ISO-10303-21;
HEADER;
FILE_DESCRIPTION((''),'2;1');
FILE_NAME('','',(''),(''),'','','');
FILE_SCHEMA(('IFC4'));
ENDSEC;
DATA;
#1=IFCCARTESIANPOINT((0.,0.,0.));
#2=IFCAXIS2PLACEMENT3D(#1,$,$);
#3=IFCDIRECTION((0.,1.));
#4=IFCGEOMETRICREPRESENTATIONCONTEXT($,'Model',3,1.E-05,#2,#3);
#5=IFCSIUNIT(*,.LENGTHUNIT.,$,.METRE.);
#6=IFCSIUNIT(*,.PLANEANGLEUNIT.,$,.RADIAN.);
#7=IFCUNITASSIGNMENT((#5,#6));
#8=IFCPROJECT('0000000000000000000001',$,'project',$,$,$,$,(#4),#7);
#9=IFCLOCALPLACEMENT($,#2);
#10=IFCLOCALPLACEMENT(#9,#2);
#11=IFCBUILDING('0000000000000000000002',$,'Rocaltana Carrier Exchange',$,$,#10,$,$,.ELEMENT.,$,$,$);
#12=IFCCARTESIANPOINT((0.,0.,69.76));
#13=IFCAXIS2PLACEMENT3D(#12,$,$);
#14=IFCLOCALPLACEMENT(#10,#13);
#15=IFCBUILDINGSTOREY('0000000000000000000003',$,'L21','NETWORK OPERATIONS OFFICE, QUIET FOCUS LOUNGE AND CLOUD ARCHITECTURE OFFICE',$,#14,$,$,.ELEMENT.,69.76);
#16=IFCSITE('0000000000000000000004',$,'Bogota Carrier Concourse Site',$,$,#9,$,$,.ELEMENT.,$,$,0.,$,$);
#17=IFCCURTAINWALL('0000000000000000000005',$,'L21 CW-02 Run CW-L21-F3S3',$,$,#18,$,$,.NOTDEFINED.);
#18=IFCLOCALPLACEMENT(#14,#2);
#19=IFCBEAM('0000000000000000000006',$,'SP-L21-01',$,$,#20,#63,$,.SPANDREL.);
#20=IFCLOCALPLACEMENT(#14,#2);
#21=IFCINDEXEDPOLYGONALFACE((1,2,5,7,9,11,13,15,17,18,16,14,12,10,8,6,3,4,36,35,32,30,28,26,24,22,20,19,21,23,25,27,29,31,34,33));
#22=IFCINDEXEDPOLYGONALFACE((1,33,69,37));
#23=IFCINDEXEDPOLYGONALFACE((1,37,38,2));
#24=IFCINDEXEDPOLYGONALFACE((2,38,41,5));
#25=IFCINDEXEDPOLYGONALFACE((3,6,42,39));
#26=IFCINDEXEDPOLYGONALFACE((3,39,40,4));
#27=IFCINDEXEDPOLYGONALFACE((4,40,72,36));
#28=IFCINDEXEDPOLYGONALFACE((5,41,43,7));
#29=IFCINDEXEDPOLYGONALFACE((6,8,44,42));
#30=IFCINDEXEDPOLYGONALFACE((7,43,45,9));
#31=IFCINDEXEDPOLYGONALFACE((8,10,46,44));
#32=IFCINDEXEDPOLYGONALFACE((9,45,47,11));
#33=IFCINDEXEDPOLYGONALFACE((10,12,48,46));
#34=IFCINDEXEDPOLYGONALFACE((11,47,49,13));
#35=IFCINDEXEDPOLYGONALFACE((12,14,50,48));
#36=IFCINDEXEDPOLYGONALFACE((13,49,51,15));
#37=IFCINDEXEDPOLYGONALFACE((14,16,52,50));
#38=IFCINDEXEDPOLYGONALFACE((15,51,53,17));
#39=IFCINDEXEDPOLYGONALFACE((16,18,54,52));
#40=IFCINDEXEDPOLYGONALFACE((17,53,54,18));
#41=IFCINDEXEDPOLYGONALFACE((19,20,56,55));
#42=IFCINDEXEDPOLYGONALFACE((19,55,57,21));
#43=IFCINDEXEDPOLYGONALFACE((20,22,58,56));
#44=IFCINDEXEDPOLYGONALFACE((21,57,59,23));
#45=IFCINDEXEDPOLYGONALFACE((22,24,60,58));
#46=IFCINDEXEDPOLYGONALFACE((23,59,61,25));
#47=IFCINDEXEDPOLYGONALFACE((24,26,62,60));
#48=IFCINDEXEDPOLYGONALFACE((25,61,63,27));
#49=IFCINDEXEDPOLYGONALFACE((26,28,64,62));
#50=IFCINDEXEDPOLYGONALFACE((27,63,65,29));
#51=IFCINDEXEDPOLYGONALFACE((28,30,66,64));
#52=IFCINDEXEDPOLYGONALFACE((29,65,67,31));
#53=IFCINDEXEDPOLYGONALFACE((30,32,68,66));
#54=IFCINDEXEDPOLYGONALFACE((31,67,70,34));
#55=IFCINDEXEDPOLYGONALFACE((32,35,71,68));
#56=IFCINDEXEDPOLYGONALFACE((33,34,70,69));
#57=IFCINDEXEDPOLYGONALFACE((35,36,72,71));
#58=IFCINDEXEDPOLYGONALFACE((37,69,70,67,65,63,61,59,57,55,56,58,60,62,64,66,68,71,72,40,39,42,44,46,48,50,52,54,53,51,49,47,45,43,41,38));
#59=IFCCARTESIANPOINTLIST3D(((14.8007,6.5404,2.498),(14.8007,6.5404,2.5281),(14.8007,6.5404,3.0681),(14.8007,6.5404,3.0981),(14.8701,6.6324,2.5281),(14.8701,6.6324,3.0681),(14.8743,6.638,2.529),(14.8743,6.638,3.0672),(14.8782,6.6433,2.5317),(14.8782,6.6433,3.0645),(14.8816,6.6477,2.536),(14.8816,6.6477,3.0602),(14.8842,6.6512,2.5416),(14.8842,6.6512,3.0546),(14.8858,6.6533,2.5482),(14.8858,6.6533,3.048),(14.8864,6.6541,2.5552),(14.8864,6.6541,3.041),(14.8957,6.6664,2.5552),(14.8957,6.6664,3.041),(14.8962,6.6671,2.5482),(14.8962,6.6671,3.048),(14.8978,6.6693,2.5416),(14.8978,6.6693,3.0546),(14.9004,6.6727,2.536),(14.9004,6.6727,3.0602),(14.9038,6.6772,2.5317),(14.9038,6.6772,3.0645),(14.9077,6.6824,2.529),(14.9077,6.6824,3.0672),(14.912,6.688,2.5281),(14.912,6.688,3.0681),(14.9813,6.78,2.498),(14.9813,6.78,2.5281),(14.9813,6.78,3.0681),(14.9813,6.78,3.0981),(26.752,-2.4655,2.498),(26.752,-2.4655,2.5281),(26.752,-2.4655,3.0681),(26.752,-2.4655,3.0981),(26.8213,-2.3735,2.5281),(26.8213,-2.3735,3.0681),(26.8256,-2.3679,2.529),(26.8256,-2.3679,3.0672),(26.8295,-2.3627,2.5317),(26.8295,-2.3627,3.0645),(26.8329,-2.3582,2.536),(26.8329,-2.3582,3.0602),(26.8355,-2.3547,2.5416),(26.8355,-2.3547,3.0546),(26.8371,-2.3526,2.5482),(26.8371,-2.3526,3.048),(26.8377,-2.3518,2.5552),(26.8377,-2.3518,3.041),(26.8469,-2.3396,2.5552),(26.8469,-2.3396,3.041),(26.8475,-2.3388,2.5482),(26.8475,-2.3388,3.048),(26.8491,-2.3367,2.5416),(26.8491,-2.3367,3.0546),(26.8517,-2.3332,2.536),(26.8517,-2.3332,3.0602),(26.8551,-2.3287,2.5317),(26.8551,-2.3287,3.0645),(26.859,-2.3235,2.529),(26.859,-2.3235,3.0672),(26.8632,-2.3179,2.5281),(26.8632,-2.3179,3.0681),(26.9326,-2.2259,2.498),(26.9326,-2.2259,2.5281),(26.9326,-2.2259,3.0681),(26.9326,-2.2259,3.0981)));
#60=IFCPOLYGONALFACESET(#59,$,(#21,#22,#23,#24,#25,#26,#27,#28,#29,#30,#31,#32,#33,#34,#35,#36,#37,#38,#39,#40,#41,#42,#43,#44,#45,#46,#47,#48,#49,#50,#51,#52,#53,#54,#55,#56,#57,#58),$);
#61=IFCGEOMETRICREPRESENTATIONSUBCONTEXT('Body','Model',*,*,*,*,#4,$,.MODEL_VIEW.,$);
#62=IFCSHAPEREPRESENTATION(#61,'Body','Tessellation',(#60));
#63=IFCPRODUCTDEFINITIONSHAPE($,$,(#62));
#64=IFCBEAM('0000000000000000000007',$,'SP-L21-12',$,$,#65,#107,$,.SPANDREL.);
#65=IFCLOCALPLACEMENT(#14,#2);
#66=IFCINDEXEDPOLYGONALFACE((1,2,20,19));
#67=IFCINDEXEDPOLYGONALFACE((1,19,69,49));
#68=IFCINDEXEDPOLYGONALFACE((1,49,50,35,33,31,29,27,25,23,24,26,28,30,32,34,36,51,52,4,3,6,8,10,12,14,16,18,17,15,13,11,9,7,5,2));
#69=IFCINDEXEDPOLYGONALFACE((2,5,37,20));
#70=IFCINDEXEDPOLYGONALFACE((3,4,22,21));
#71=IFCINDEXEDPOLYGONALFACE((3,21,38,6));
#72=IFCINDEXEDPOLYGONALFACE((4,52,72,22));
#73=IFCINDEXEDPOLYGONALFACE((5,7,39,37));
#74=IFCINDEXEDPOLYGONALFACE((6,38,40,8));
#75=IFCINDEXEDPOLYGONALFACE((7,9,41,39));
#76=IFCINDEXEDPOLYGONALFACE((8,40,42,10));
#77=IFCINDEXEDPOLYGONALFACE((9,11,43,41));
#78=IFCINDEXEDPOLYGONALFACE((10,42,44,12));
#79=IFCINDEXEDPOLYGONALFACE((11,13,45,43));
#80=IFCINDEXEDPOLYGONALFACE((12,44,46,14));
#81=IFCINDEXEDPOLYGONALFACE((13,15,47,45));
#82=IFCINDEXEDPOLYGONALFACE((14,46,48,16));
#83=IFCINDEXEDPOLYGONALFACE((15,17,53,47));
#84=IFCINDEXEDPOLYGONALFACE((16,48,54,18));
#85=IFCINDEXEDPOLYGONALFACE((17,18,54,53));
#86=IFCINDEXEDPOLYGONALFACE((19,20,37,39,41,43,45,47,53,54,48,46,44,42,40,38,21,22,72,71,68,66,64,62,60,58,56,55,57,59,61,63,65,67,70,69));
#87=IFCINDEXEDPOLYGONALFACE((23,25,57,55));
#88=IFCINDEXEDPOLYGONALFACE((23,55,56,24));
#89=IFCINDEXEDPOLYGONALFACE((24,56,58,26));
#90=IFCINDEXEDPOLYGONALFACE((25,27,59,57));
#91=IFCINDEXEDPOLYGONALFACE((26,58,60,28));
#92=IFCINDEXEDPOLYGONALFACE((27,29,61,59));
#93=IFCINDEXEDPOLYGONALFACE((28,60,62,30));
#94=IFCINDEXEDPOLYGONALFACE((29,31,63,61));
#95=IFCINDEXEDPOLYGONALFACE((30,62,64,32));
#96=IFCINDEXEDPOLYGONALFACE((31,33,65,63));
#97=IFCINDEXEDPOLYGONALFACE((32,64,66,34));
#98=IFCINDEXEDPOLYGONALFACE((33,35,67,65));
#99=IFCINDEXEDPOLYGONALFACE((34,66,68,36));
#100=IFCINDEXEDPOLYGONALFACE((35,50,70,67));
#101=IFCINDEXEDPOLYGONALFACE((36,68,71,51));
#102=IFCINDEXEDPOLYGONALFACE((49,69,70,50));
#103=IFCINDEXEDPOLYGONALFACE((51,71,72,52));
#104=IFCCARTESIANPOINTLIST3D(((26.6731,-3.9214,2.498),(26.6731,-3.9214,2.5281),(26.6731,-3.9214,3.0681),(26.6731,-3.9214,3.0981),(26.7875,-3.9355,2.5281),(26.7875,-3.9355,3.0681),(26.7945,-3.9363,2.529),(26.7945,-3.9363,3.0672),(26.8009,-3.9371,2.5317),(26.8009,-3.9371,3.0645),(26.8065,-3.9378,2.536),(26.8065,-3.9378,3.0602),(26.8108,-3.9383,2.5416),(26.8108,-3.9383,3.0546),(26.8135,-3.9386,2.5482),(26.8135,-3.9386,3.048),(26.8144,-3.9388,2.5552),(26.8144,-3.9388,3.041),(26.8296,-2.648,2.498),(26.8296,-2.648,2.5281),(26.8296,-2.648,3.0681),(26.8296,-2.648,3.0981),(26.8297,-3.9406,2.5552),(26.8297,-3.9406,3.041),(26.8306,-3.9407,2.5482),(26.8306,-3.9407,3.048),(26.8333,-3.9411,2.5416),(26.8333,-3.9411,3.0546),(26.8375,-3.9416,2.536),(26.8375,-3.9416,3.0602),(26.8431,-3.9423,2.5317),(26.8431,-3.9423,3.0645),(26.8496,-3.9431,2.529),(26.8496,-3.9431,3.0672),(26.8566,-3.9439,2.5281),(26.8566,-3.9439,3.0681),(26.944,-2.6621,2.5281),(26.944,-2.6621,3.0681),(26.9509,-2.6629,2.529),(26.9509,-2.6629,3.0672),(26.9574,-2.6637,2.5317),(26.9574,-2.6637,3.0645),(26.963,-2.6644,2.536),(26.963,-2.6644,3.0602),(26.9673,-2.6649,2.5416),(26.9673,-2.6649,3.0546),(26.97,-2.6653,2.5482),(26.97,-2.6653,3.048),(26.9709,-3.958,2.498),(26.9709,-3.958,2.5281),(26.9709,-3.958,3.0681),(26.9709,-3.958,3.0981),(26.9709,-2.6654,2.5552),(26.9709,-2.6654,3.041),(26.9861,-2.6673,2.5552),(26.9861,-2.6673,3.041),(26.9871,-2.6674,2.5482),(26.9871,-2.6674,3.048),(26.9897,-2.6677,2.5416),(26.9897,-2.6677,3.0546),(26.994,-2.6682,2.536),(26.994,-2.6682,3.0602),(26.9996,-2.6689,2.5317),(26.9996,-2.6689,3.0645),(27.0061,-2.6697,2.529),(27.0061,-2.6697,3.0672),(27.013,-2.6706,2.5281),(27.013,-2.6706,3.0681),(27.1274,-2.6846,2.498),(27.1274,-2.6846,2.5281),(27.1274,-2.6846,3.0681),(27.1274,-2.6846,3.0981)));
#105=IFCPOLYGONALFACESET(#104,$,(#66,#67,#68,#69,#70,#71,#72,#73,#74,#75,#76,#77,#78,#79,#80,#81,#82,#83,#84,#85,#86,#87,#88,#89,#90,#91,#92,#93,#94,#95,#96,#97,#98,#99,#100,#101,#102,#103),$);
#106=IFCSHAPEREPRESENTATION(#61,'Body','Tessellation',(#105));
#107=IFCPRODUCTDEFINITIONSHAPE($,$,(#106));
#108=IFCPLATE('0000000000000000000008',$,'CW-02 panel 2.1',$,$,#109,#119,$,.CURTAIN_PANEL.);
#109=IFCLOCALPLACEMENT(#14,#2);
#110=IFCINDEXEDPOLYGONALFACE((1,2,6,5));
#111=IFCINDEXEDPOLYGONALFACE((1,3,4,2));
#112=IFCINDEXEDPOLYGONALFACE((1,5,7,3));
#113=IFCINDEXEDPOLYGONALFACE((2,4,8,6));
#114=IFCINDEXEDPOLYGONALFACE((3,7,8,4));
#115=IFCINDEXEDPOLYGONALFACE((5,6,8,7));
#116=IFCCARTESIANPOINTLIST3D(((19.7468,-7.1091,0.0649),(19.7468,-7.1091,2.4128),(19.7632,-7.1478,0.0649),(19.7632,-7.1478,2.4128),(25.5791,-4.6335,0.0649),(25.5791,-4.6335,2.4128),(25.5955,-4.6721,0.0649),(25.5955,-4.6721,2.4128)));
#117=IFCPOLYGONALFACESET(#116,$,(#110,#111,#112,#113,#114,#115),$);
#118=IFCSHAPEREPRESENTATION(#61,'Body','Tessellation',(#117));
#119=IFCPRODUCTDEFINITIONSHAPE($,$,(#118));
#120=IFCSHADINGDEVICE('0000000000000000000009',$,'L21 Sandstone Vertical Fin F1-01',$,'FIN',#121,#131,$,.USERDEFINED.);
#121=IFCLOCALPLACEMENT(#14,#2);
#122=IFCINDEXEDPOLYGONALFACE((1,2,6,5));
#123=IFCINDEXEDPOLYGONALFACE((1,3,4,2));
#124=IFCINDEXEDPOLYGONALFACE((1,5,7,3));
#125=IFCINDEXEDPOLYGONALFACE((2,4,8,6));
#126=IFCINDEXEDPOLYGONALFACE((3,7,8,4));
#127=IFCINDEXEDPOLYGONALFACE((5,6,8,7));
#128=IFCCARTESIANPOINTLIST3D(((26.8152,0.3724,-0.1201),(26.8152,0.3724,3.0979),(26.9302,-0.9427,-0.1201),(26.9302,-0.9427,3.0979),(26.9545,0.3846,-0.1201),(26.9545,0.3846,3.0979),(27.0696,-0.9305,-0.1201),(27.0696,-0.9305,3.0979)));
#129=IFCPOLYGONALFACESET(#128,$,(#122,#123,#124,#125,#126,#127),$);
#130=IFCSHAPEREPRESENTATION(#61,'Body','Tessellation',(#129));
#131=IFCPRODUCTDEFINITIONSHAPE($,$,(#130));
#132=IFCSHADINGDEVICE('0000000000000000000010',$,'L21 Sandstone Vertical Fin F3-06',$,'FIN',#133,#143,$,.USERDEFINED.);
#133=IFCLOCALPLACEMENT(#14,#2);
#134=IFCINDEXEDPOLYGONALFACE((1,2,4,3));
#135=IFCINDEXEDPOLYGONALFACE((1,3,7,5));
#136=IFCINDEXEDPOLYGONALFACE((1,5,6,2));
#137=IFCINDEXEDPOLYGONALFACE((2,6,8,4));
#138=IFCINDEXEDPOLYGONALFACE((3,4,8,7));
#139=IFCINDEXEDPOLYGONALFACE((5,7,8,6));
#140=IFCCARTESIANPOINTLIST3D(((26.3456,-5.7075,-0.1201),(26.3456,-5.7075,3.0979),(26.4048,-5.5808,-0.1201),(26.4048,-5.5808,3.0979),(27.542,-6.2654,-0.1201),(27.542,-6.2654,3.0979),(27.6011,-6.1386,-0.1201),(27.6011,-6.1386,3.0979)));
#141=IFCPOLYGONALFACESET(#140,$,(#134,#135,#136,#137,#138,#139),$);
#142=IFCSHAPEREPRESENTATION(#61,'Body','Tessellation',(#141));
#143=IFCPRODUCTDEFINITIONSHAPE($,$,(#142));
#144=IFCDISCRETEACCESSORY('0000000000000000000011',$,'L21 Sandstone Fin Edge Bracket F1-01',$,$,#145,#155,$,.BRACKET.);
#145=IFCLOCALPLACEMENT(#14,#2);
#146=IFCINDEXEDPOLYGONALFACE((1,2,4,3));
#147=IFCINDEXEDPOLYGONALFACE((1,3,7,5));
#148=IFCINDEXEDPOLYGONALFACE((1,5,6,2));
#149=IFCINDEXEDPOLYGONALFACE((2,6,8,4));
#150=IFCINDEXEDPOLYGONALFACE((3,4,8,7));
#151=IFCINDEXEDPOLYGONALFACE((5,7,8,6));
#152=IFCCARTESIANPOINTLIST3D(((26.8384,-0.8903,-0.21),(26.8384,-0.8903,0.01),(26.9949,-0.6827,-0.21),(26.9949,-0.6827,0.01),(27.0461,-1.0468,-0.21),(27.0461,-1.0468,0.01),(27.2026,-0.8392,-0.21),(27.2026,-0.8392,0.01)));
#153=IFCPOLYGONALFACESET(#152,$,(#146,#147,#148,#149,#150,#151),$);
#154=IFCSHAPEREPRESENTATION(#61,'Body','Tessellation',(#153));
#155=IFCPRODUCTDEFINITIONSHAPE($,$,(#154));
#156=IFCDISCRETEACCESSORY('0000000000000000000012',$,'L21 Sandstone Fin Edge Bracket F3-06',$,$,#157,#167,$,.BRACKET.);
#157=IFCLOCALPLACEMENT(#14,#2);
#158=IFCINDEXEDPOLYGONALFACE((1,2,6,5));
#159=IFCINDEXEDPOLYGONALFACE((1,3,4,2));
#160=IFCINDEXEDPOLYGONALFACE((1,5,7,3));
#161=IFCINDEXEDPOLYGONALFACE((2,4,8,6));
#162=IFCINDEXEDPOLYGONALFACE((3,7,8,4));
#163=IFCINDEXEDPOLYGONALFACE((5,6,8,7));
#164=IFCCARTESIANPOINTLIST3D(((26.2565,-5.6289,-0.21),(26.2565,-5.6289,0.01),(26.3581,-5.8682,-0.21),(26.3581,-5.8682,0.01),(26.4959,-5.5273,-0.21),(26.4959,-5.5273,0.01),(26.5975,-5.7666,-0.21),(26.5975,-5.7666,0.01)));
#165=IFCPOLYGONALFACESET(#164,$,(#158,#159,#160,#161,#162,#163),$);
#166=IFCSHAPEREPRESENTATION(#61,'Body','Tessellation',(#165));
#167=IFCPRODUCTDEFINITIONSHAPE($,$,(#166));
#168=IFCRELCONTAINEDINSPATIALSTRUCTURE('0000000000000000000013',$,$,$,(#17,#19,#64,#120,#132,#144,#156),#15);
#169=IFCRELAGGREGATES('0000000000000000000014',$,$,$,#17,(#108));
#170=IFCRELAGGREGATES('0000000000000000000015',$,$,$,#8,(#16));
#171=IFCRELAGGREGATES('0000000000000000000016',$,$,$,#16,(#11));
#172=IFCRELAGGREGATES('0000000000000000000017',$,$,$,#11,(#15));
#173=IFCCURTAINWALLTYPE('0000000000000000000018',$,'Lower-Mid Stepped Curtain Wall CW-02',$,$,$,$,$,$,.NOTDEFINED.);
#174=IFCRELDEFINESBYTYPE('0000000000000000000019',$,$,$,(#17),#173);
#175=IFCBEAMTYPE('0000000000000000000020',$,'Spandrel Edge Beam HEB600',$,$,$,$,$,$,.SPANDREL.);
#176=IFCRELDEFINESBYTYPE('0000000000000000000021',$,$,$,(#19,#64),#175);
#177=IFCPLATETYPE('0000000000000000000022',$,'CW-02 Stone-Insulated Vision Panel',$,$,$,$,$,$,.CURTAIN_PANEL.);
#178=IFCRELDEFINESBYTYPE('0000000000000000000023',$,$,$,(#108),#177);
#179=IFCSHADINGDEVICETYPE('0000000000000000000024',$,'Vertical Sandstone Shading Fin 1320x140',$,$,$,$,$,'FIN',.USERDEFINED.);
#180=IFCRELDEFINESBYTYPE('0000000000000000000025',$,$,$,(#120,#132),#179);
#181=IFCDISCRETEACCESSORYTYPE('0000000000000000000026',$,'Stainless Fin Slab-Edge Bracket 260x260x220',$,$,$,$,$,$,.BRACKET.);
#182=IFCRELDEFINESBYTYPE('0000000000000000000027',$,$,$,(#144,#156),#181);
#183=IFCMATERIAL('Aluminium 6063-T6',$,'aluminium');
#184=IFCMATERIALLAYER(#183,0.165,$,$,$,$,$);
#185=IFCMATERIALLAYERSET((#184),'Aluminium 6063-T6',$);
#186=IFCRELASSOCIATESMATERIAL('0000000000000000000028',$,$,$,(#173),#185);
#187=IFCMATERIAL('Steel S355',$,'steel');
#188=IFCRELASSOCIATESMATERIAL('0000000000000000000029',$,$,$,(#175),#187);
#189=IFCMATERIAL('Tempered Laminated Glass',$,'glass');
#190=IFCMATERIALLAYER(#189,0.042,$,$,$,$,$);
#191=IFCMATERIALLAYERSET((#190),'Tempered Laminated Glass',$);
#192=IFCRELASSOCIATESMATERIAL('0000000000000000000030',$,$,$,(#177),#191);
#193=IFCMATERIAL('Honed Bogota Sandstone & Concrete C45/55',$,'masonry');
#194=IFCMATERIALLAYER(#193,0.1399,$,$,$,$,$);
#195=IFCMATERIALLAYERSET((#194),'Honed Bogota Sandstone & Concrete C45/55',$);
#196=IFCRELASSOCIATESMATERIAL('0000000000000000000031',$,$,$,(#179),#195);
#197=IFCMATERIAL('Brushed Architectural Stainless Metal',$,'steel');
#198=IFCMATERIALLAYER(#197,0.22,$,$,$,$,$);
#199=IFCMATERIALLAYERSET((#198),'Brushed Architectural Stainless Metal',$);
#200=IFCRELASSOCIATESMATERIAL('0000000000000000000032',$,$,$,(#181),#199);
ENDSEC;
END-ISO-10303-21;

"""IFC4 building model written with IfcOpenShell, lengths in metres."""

from ifc_helpers import new_model, si_unit, direction, frame, origin, origin_2d, place, context, subcontext, project, spatial, rectangle, i_section, extrude, material, layer, layer_set, material_profile, profile_set, type_object, element, aggregate, save


model = new_model("IFC4")

# Units and contexts
model_context = context("Model", 3, precision=1e-05, world=origin(), true_north=direction((0.0, 1.0)))
body_context = subcontext(model_context, "Body", "Model", "MODEL_VIEW")
ifc_project = project(units=[si_unit("LENGTHUNIT", "METRE"), si_unit("PLANEANGLEUNIT", "RADIAN")], contexts=[model_context])

# Site, building, storey
site_placement = place(None, origin())
site = spatial("IfcSite", under=ifc_project, at=site_placement, Name="Bogota Carrier Concourse Site", CompositionType="ELEMENT", RefElevation=0.0)
building_placement = place(site_placement, origin())
building = spatial("IfcBuilding", under=site, at=building_placement, Name="Rocaltana Carrier Exchange", CompositionType="ELEMENT")
storey_placement = place(building_placement, frame((0.0, 0.0, 69.76)))
storey = spatial("IfcBuildingStorey", under=building, at=storey_placement, Name="L21", Description="NETWORK OPERATIONS OFFICE, QUIET FOCUS LOUNGE AND CLOUD ARCHITECTURE OFFICE", CompositionType="ELEMENT", Elevation=69.76)

# Shared definitions
ifc_material_1 = material(Name="Aluminium 6063-T6", Category="aluminium")
ifc_layer_1 = layer(ifc_material_1, 0.165)
ifc_layer_set_1 = layer_set([ifc_layer_1], Name="Aluminium 6063-T6")
curtain_wall_type = type_object("IfcCurtainWallType", Name="Lower-Mid Stepped Curtain Wall CW-02", PredefinedType="NOTDEFINED", material=ifc_layer_set_1)

# Curtain wall
curtain_wall_1_placement = place(storey_placement, origin())
curtain_wall_1 = element("IfcCurtainWall", 1, at=curtain_wall_1_placement, inside=storey, type_object=curtain_wall_type, Name="L21 CW-02 Run CW-L21-F3S3", PredefinedType="NOTDEFINED")

# Beams
ifc_material_2 = material(Name="Steel S355", Category="steel")
ifc_material_profile_1 = material_profile(ifc_material_2, i_section(OverallWidth=0.3, OverallDepth=0.6001, WebThickness=0.0154, FlangeThickness=0.03, FilletRadius=0.0271, at=origin_2d()), Name="HEB600")
ifc_profile_set_1 = profile_set([ifc_material_profile_1], Name="Steel S355")
beam_type_1 = type_object("IfcBeamType", Name="Spandrel Edge Beam HEB600", PredefinedType="SPANDREL", material=ifc_profile_set_1)
beam_1_placement = place(storey_placement, frame((26.8423, -2.3457, 2.7981), z_axis=(-0.798635, 0.601815, 0.0), x_axis=(-0.601815, -0.798635, 0.0)))
element("IfcBeam", 2, at=beam_1_placement, inside=storey, type_object=beam_type_1, Name="SP-L21-01", PredefinedType="SPANDREL", context=body_context, shape_type="SweptSolid", body=[
    extrude(i_section(OverallWidth=0.3, OverallDepth=0.6001, WebThickness=0.0154, FlangeThickness=0.03, FilletRadius=0.0271, at=origin_2d()), origin(), (0.0, 0.0, 1.0), 14.9646),
])
beam_2_placement = place(storey_placement, frame((26.822, -3.9397, 2.7981), z_axis=(0.121974, 0.992533, 0.0), x_axis=(-0.992533, 0.121974, 0.0)))
element("IfcBeam", 3, at=beam_2_placement, inside=storey, type_object=beam_type_1, Name="SP-L21-12", PredefinedType="SPANDREL", context=body_context, shape_type="SweptSolid", body=[
    extrude(i_section(OverallWidth=0.3, OverallDepth=0.6001, WebThickness=0.0154, FlangeThickness=0.03, FilletRadius=0.0271, at=origin_2d()), origin(), (0.0, 0.0, 1.0), 1.283),
])

# Plate
ifc_material_3 = material(Name="Tempered Laminated Glass", Category="glass")
ifc_layer_2 = layer(ifc_material_3, 0.042)
ifc_layer_set_2 = layer_set([ifc_layer_2], Name="Tempered Laminated Glass")
plate_type = type_object("IfcPlateType", Name="CW-02 Stone-Insulated Vision Panel", PredefinedType="CURTAIN_PANEL", material=ifc_layer_set_2)
plate_placement = place(storey_placement, frame((22.6711, -5.8906, 0.0649), z_axis=(0.0, 0.0, 1.0), x_axis=(0.920503, 0.390735, 0.0)))
plate = element("IfcPlate", 4, at=plate_placement, type_object=plate_type, Name="CW-02 panel 2.1", PredefinedType="CURTAIN_PANEL", context=body_context, shape_type="SweptSolid", body=[
    extrude(rectangle(XDim=6.3359, YDim=0.042, at=origin_2d()), origin(), (0.0, 0.0, 1.0), 2.3479),
])
aggregate(curtain_wall_1, [plate])

# Shading devices
ifc_material_4 = material(Name="Honed Bogota Sandstone & Concrete C45/55", Category="masonry")
ifc_layer_3 = layer(ifc_material_4, 0.1399)
ifc_layer_set_3 = layer_set([ifc_layer_3], Name="Honed Bogota Sandstone & Concrete C45/55")
shading_device_type = type_object("IfcShadingDeviceType", Name="Vertical Sandstone Shading Fin 1320x140", ElementType="FIN", PredefinedType="USERDEFINED", material=ifc_layer_set_3)
for number, where, z_axis, x_axis, name in (
    (5, (26.9424, -0.2791, -0.1201), (0.0, 0.0, 1.0), (-0.087156, 0.996195, 0.0), "L21 Sandstone Vertical Fin F1-01"),
    (6, (26.9734, -5.9231, -0.1201), (0.0, 0.0, 1.0), (0.906308, -0.422618, 0.0), "L21 Sandstone Vertical Fin F3-06"),
):
    element("IfcShadingDevice", number, at=place(storey_placement, frame(where, z_axis=z_axis, x_axis=x_axis)), inside=storey, type_object=shading_device_type, Name=name, ObjectType="FIN", PredefinedType="USERDEFINED", context=body_context, shape_type="SweptSolid", body=[
        extrude(rectangle(XDim=1.3201, YDim=0.1399, at=origin_2d()), origin(), (0.0, 0.0, 1.0), 3.218),
    ])

# Discrete accessories
ifc_material_5 = material(Name="Brushed Architectural Stainless Metal", Category="steel")
ifc_layer_4 = layer(ifc_material_5, 0.22)
ifc_layer_set_4 = layer_set([ifc_layer_4], Name="Brushed Architectural Stainless Metal")
discrete_accessory_type = type_object("IfcDiscreteAccessoryType", Name="Stainless Fin Slab-Edge Bracket 260x260x220", PredefinedType="BRACKET", material=ifc_layer_set_4)
for number, where, z_axis, x_axis, name in (
    (7, (27.0205, -0.8647, -0.21), (0.0, 0.0, 1.0), (-0.798636, 0.601815, 0.0), "L21 Sandstone Fin Edge Bracket F1-01"),
    (8, (26.427, -5.6978, -0.21), (0.0, 0.0, 1.0), (0.920505, 0.390731, 0.0), "L21 Sandstone Fin Edge Bracket F3-06"),
):
    element("IfcDiscreteAccessory", number, at=place(storey_placement, frame(where, z_axis=z_axis, x_axis=x_axis)), inside=storey, type_object=discrete_accessory_type, Name=name, PredefinedType="BRACKET", context=body_context, shape_type="SweptSolid", body=[
        extrude(rectangle(XDim=0.26, YDim=0.26, at=origin_2d()), origin(), (0.0, 0.0, 1.0), 0.22),
    ])

save(model, "model.ifc")
